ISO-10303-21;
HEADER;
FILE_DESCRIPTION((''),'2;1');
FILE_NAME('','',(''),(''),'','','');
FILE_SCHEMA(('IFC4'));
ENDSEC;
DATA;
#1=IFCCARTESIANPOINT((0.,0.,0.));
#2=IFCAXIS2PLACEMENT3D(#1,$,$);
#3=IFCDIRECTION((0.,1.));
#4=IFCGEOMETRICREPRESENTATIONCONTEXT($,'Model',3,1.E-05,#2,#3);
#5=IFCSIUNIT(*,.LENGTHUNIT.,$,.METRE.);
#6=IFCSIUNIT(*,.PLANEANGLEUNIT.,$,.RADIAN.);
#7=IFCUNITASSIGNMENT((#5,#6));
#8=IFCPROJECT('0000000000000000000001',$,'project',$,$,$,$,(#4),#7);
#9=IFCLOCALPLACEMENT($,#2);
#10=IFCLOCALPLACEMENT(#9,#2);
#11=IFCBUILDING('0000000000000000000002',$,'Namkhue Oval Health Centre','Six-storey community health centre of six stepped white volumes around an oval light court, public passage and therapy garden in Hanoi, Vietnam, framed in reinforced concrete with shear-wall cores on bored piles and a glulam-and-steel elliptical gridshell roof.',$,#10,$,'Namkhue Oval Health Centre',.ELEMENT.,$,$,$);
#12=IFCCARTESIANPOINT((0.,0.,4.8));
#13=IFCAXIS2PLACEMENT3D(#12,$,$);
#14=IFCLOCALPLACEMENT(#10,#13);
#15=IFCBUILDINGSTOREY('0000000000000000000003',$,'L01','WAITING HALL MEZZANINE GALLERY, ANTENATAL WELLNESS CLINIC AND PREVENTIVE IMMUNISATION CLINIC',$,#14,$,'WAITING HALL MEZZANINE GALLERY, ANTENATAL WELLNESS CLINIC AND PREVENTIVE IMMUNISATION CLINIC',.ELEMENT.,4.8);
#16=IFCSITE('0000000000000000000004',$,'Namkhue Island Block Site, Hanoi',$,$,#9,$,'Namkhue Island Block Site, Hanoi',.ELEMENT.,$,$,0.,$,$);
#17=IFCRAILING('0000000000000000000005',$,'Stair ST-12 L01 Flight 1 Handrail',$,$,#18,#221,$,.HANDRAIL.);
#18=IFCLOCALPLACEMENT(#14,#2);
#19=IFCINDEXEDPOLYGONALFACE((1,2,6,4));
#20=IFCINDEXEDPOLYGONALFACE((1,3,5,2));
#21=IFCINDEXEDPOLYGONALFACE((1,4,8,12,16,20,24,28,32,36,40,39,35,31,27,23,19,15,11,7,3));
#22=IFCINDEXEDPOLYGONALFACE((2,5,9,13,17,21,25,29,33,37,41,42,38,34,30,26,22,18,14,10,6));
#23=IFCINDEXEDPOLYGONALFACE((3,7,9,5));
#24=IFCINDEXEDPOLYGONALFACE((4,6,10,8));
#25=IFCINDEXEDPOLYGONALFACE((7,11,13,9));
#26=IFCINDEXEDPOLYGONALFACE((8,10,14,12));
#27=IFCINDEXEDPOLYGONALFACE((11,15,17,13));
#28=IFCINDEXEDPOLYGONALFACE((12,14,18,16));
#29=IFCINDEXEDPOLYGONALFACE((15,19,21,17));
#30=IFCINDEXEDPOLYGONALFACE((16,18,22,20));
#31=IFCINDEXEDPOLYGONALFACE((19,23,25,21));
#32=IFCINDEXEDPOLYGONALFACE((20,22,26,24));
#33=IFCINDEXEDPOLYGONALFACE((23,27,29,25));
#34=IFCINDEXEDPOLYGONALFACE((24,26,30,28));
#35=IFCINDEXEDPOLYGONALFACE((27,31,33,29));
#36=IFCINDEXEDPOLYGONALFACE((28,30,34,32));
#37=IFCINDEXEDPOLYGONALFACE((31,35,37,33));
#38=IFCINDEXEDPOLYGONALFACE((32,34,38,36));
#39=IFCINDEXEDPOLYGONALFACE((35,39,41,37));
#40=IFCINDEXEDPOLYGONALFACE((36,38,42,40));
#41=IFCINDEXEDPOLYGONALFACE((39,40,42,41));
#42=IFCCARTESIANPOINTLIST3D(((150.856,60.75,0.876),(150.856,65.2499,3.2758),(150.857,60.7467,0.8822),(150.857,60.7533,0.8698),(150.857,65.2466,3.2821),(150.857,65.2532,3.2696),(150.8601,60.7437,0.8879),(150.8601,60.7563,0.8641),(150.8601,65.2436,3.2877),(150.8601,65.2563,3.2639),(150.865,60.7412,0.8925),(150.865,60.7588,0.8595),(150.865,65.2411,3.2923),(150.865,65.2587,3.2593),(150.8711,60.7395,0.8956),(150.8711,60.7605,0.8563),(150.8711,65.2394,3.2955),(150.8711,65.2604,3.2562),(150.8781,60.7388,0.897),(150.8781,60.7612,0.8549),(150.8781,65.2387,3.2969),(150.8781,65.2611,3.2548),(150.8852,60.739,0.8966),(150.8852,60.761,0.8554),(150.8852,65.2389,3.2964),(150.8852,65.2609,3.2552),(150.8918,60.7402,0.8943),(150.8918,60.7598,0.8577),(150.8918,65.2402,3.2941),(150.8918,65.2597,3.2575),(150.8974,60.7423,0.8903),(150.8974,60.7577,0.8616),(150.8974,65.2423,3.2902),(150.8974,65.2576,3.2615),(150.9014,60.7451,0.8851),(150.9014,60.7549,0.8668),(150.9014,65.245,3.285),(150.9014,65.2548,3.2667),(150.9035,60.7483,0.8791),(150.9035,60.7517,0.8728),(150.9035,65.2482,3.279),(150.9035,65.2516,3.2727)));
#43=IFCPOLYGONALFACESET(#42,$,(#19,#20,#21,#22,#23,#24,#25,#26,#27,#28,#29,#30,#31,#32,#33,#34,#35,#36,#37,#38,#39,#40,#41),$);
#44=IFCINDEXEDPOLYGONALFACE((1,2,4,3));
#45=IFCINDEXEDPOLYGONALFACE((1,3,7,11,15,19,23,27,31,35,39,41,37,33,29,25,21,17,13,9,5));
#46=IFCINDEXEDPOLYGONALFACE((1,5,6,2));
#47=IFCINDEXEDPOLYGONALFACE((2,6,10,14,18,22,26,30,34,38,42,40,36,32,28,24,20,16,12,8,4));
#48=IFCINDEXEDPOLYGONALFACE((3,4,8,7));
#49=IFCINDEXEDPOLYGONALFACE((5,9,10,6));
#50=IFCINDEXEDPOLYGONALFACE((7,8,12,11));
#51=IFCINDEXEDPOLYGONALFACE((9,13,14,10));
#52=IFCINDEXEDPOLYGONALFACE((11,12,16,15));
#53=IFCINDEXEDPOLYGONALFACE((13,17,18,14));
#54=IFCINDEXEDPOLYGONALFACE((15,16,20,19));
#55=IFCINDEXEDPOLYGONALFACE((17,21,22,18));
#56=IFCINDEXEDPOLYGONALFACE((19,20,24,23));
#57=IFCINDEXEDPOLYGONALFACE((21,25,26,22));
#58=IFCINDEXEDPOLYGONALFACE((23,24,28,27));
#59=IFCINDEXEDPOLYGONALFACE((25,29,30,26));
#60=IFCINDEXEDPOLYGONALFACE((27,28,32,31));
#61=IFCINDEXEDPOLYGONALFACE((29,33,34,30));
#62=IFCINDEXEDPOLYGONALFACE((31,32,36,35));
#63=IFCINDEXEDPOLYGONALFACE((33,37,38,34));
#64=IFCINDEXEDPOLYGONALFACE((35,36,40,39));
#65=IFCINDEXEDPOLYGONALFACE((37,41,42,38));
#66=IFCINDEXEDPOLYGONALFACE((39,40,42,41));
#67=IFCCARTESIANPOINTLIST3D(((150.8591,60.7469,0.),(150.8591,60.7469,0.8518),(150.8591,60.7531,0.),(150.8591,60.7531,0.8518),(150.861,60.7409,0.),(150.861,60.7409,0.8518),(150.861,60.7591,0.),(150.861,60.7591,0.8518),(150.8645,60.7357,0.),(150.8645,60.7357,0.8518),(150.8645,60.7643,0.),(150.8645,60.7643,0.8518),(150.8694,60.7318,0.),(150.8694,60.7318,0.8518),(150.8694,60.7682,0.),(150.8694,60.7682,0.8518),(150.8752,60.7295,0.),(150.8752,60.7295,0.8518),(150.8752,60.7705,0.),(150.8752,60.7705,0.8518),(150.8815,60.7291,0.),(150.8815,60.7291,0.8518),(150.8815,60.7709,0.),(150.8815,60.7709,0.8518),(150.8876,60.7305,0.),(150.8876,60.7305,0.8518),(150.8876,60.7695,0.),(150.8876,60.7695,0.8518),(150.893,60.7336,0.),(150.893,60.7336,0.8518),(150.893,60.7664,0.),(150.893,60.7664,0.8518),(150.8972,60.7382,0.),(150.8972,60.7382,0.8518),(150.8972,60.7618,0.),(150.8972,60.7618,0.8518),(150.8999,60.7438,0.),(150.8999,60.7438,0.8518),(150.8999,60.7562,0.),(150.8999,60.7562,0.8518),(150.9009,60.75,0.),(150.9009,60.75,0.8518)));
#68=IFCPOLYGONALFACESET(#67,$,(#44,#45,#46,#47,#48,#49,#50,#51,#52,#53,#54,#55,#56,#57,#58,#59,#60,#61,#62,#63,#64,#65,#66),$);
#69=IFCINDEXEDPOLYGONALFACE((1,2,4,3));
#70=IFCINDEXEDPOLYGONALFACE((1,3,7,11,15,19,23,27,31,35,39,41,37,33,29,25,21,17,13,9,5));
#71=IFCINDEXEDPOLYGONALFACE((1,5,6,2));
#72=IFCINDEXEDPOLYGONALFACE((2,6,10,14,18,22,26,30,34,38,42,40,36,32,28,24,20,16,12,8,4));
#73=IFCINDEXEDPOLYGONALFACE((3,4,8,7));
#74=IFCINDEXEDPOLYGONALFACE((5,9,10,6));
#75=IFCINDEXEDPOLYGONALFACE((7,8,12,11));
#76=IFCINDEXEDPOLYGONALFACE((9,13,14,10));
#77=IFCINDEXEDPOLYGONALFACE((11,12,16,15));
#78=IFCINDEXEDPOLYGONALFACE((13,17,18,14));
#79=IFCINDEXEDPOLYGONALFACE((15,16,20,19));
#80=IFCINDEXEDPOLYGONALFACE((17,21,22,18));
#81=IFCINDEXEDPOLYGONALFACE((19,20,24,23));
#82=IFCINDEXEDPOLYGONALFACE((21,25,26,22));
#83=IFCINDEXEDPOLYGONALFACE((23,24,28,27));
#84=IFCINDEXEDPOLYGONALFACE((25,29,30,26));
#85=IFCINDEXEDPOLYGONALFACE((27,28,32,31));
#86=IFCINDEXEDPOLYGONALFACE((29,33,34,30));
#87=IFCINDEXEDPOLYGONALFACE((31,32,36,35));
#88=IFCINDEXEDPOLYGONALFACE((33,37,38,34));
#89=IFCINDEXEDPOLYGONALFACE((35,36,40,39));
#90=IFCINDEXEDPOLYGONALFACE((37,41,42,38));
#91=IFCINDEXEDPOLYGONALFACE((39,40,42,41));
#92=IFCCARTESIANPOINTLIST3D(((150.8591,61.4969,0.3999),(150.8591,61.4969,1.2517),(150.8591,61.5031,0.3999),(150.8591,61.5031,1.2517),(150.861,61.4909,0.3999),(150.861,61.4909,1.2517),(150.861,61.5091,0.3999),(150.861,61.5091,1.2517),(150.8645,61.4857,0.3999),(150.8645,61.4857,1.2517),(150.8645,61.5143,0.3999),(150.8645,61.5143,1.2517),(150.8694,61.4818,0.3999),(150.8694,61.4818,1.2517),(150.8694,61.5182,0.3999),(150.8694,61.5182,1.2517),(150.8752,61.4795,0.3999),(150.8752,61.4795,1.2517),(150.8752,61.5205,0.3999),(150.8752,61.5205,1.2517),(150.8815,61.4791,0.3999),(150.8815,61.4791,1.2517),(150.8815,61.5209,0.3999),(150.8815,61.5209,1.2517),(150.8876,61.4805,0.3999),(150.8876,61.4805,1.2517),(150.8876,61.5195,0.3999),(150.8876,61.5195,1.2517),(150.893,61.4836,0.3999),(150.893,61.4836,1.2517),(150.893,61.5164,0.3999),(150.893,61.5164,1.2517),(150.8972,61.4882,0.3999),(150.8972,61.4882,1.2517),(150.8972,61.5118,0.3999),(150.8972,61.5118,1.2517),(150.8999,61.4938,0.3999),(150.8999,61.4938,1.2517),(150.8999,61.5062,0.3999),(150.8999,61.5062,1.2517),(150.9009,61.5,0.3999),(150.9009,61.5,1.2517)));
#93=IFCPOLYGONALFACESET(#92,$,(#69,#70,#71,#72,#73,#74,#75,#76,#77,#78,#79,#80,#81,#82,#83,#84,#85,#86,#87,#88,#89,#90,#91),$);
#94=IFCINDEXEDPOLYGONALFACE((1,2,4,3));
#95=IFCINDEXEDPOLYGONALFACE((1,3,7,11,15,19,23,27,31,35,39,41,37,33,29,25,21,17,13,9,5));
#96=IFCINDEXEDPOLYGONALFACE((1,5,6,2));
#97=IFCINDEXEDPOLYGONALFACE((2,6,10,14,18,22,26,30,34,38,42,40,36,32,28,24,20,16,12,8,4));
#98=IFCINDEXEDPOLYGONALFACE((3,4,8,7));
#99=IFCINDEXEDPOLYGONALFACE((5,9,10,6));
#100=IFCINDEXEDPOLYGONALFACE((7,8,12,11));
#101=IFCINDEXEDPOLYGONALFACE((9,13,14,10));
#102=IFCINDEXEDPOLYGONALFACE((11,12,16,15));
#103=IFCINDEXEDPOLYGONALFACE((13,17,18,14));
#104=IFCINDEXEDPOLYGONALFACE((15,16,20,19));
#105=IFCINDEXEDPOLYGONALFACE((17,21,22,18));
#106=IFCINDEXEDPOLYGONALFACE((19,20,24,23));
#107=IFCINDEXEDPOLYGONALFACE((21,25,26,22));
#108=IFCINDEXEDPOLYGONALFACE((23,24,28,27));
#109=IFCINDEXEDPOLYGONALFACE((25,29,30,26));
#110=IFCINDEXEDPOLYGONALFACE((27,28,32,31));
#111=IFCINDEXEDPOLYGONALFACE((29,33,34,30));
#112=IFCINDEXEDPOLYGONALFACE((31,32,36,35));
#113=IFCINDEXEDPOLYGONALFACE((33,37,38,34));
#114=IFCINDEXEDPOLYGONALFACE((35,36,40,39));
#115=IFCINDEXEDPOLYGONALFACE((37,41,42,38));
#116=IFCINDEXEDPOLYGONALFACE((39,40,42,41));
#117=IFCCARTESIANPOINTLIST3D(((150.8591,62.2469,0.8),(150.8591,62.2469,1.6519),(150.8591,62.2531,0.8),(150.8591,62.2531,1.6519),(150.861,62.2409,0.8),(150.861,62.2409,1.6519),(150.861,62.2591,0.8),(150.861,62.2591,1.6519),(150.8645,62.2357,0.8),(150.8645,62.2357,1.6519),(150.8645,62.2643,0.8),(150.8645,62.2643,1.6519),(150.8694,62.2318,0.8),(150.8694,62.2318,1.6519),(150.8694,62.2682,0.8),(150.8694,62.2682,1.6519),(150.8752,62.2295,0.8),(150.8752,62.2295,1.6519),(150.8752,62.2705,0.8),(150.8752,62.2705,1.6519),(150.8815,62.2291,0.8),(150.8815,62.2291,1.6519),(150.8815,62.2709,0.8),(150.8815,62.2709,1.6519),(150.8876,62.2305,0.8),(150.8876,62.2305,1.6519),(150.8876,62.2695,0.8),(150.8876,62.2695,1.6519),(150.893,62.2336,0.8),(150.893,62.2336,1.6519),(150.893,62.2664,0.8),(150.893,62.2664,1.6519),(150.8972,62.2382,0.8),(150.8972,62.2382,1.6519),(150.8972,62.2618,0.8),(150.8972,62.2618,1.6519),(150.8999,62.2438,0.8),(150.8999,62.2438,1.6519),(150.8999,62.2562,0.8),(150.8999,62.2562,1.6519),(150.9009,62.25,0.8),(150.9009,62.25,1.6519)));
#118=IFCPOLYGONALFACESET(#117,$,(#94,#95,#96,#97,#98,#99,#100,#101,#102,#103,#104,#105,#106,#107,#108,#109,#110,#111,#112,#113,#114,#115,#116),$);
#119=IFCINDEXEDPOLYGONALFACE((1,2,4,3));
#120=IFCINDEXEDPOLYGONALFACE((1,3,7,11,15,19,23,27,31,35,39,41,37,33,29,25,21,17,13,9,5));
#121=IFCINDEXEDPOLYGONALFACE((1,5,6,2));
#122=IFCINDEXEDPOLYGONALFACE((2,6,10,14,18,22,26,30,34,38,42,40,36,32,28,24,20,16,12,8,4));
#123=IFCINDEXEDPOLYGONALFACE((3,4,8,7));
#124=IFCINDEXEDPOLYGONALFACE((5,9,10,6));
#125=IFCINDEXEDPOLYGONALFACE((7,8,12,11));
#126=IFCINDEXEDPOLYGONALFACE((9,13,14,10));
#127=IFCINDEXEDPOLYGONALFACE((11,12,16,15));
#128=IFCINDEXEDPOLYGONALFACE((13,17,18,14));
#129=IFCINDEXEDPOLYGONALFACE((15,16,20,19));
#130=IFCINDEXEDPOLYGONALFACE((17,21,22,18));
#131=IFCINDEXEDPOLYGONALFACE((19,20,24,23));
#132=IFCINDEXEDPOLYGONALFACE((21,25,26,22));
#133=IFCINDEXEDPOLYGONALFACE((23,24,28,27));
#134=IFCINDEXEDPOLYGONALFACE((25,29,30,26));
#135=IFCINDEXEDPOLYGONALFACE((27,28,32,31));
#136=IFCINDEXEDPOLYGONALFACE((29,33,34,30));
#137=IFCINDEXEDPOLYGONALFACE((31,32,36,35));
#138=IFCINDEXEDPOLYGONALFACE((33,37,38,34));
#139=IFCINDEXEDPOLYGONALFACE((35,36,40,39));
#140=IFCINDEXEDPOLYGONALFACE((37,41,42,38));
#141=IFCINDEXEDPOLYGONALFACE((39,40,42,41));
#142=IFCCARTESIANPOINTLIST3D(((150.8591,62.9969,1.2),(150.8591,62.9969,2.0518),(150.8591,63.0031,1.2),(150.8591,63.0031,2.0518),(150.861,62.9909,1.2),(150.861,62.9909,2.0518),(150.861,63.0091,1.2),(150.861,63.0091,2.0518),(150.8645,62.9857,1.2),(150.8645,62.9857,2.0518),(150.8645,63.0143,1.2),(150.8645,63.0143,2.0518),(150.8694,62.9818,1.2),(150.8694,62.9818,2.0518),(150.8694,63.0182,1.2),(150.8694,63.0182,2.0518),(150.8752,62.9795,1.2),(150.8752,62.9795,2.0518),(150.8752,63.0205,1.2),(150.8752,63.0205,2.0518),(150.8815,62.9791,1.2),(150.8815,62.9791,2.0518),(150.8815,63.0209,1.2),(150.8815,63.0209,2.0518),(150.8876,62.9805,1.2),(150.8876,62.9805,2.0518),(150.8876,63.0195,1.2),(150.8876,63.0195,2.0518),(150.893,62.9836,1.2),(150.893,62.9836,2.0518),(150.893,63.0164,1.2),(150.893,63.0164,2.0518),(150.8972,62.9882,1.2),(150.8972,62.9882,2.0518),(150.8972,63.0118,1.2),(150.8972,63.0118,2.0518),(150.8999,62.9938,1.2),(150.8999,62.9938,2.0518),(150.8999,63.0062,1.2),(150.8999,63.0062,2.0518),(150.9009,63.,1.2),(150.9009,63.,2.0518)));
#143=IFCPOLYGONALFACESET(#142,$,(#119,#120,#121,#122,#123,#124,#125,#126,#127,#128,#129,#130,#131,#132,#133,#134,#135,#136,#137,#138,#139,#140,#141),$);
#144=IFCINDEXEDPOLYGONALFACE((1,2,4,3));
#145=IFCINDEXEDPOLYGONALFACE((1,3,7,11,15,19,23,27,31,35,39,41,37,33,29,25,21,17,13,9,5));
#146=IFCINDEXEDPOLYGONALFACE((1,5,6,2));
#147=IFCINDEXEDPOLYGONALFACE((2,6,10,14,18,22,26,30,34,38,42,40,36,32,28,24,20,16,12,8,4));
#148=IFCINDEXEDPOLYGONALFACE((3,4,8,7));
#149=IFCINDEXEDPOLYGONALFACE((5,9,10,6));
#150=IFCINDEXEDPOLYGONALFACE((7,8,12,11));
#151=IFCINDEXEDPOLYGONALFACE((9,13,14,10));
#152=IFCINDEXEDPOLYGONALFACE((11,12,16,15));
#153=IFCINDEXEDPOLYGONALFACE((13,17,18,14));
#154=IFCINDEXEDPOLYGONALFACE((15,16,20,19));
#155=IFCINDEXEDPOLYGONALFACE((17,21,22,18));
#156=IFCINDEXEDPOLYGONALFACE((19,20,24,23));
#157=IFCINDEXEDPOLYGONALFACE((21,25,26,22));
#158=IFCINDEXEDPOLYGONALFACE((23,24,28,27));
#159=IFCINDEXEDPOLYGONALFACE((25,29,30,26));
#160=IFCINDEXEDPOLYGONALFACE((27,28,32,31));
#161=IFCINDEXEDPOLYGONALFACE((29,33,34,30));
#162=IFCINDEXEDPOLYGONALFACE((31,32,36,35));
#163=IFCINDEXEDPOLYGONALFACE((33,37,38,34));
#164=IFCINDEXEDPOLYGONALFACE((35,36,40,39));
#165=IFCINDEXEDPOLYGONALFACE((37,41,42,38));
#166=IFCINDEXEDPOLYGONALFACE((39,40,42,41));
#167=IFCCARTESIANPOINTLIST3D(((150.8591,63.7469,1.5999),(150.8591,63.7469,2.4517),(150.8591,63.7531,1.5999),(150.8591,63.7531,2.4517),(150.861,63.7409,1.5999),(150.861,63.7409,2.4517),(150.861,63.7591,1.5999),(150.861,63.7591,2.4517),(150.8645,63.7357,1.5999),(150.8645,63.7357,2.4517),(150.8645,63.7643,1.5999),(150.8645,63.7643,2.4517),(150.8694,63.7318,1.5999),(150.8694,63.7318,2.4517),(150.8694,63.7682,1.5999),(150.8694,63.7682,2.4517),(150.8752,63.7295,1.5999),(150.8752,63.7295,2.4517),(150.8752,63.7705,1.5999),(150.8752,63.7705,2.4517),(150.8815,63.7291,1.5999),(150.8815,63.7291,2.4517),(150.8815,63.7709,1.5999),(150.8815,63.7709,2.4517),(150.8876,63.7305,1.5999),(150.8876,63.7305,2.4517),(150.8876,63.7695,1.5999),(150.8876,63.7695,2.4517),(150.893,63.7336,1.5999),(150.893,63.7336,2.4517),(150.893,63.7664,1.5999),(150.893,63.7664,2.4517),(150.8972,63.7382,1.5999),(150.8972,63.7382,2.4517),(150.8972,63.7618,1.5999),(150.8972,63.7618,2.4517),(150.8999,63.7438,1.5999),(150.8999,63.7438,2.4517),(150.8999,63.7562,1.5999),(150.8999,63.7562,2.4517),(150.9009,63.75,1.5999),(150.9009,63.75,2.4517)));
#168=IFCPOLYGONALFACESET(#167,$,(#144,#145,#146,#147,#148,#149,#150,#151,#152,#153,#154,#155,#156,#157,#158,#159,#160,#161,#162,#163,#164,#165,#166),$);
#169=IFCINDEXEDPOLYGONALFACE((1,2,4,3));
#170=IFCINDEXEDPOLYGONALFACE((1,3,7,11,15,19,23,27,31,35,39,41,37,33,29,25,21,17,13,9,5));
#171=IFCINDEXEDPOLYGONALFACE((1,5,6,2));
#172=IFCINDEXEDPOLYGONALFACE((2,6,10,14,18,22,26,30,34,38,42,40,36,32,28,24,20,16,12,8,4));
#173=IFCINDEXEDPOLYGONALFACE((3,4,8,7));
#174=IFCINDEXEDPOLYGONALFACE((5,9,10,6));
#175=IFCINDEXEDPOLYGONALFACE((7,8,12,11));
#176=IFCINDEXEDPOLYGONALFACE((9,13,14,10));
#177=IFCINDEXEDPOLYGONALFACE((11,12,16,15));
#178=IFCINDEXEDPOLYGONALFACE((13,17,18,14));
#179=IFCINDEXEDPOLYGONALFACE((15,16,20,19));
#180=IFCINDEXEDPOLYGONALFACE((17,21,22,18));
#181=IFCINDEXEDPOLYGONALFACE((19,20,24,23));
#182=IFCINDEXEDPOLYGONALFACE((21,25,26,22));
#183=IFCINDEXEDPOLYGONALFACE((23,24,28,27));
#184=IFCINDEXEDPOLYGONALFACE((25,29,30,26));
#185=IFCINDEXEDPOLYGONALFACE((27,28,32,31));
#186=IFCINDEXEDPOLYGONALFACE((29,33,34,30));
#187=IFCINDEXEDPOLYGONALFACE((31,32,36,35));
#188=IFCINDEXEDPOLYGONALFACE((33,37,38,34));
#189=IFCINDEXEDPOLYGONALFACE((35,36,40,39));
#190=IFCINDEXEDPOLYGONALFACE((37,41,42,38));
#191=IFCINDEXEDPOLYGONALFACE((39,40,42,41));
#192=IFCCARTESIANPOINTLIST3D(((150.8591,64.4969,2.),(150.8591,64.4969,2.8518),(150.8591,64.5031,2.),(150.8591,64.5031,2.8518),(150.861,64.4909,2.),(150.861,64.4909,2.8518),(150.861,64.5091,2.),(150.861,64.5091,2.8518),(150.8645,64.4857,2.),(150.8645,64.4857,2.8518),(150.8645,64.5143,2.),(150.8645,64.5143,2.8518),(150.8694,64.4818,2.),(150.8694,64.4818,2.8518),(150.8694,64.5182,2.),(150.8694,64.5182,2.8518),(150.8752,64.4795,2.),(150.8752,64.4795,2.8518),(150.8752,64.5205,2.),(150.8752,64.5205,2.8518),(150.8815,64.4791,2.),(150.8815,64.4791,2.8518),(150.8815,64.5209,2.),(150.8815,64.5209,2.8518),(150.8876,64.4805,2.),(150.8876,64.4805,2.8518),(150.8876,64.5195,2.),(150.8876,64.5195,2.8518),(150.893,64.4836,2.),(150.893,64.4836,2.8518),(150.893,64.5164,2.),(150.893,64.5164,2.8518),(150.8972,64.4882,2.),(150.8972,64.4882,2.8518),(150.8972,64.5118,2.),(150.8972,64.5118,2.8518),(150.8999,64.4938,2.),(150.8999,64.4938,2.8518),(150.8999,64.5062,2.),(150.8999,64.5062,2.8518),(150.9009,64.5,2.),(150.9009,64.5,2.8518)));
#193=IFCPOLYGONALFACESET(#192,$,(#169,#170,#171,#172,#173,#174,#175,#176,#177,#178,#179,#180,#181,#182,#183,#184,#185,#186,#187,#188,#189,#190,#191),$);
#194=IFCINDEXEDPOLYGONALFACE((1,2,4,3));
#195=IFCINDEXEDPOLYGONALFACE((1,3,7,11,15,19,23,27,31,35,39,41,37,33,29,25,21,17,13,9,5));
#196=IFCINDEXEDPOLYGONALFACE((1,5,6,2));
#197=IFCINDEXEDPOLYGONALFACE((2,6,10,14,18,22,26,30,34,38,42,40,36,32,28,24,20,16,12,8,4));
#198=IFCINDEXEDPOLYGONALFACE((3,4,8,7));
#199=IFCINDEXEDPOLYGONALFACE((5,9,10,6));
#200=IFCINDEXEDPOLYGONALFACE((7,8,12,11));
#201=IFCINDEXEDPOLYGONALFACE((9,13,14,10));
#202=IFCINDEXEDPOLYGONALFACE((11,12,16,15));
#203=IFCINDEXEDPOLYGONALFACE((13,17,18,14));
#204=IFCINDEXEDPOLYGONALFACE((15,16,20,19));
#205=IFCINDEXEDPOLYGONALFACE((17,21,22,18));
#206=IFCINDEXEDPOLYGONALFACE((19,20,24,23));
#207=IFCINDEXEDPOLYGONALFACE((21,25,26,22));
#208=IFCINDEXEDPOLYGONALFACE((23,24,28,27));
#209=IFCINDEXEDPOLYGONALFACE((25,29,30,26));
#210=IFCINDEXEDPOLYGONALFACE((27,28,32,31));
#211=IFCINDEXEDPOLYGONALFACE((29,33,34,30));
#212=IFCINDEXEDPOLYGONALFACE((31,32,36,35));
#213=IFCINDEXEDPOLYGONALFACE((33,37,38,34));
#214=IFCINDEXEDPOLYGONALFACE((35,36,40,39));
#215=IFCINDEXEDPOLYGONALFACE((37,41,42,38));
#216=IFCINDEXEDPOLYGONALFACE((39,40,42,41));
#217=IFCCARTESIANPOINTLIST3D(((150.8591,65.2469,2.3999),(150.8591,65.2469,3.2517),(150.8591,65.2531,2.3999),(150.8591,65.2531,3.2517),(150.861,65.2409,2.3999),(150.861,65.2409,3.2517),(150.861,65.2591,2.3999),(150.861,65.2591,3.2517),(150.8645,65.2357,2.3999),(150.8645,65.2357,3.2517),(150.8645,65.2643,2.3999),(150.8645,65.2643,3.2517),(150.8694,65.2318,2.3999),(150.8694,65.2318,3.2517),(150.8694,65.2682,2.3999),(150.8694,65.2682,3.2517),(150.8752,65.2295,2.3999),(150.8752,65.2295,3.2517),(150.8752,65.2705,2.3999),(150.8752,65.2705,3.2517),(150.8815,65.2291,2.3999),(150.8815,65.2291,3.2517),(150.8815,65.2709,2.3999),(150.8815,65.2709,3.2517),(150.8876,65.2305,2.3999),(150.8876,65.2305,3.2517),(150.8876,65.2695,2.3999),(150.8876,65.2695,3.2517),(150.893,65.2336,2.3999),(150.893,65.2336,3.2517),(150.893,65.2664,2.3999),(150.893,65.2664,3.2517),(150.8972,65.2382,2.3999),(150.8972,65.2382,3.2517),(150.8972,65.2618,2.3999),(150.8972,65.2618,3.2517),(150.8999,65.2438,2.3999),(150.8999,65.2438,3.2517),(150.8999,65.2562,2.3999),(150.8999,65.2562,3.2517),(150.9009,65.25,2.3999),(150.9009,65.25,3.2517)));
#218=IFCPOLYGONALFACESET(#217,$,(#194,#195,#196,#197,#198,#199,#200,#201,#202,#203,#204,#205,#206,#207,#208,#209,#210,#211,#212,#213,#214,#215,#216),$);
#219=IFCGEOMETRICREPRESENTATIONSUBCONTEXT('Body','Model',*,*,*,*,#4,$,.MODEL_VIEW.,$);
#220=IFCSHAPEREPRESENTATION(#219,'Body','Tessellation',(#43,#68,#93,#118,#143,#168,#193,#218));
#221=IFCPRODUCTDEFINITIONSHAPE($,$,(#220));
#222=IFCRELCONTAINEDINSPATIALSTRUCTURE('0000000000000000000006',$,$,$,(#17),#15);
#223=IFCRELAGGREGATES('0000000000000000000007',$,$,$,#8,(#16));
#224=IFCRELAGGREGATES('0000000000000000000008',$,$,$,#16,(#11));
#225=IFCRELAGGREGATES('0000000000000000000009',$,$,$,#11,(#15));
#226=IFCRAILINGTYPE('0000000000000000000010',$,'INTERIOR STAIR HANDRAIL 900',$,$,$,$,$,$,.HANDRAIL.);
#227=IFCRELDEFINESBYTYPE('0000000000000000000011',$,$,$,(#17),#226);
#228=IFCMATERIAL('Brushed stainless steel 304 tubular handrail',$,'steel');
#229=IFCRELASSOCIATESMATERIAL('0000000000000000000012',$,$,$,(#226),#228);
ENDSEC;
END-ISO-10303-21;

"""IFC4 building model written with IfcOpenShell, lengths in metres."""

from ifc_helpers import new_model, si_unit, direction, frame, origin, origin_2d, place, context, subcontext, project, spatial, circle, extrude, material, type_object, element, save


model = new_model("IFC4")

# Units and contexts
model_context = context("Model", 3, precision=1e-05, world=origin(), true_north=direction((0.0, 1.0)))
body_context = subcontext(model_context, "Body", "Model", "MODEL_VIEW")
ifc_project = project(units=[si_unit("LENGTHUNIT", "METRE"), si_unit("PLANEANGLEUNIT", "RADIAN")], contexts=[model_context])

# Site, building, storey
site_placement = place(None, origin())
site = spatial("IfcSite", under=ifc_project, at=site_placement, Name="Namkhue Island Block Site, Hanoi", LongName="Namkhue Island Block Site, Hanoi", CompositionType="ELEMENT", RefElevation=0.0)
building_placement = place(site_placement, origin())
building = spatial("IfcBuilding", under=site, at=building_placement, Name="Namkhue Oval Health Centre", Description="Six-storey community health centre of six stepped white volumes around an oval light court, public passage and therapy garden in Hanoi, Vietnam, framed in reinforced concrete with shear-wall cores on bored piles and a glulam-and-steel elliptical gridshell roof.", LongName="Namkhue Oval Health Centre", CompositionType="ELEMENT")
storey_placement = place(building_placement, frame((0.0, 0.0, 4.8)))
storey = spatial("IfcBuildingStorey", under=building, at=storey_placement, Name="L01", Description="WAITING HALL MEZZANINE GALLERY, ANTENATAL WELLNESS CLINIC AND PREVENTIVE IMMUNISATION CLINIC", LongName="WAITING HALL MEZZANINE GALLERY, ANTENATAL WELLNESS CLINIC AND PREVENTIVE IMMUNISATION CLINIC", CompositionType="ELEMENT", Elevation=4.8)

# Railing
ifc_material_1 = material(Name="Brushed stainless steel 304 tubular handrail", Category="steel")
railing_type_1 = type_object("IfcRailingType", Name="INTERIOR STAIR HANDRAIL 900", PredefinedType="HANDRAIL", material=ifc_material_1)
railing_1_placement = place(storey_placement, frame((150.8799, 60.75, 0.0)))
element("IfcRailing", 1, at=railing_1_placement, inside=storey, type_object=railing_type_1, Name="Stair ST-12 L01 Flight 1 Handrail", PredefinedType="HANDRAIL", context=body_context, shape_type="SweptSolid", body=[
    extrude(circle(Radius=0.0239, at=origin_2d()), frame((0.0, 0.0, 0.876), z_axis=(0.0, 0.882361, 0.470573), x_axis=(-1.0, 0.0, 0.0)), (0.0, 0.0, 1.0), 5.0999),
    extrude(circle(Radius=0.021, at=origin_2d()), origin(), (0.0, 0.0, 1.0), 0.8518),
    extrude(circle(Radius=0.021, at=origin_2d()), frame((0.0, 0.75, 0.3999)), (0.0, 0.0, 1.0), 0.8518),
    extrude(circle(Radius=0.021, at=origin_2d()), frame((0.0, 1.5, 0.8)), (0.0, 0.0, 1.0), 0.8518),
    extrude(circle(Radius=0.021, at=origin_2d()), frame((0.0, 2.25, 1.2)), (0.0, 0.0, 1.0), 0.8518),
    extrude(circle(Radius=0.021, at=origin_2d()), frame((0.0, 3.0, 1.5999)), (0.0, 0.0, 1.0), 0.8518),
    extrude(circle(Radius=0.021, at=origin_2d()), frame((0.0, 3.75, 2.0)), (0.0, 0.0, 1.0), 0.8518),
    extrude(circle(Radius=0.021, at=origin_2d()), frame((0.0, 4.5, 2.3999)), (0.0, 0.0, 1.0), 0.8518),
])

save(model, "model.ifc")
